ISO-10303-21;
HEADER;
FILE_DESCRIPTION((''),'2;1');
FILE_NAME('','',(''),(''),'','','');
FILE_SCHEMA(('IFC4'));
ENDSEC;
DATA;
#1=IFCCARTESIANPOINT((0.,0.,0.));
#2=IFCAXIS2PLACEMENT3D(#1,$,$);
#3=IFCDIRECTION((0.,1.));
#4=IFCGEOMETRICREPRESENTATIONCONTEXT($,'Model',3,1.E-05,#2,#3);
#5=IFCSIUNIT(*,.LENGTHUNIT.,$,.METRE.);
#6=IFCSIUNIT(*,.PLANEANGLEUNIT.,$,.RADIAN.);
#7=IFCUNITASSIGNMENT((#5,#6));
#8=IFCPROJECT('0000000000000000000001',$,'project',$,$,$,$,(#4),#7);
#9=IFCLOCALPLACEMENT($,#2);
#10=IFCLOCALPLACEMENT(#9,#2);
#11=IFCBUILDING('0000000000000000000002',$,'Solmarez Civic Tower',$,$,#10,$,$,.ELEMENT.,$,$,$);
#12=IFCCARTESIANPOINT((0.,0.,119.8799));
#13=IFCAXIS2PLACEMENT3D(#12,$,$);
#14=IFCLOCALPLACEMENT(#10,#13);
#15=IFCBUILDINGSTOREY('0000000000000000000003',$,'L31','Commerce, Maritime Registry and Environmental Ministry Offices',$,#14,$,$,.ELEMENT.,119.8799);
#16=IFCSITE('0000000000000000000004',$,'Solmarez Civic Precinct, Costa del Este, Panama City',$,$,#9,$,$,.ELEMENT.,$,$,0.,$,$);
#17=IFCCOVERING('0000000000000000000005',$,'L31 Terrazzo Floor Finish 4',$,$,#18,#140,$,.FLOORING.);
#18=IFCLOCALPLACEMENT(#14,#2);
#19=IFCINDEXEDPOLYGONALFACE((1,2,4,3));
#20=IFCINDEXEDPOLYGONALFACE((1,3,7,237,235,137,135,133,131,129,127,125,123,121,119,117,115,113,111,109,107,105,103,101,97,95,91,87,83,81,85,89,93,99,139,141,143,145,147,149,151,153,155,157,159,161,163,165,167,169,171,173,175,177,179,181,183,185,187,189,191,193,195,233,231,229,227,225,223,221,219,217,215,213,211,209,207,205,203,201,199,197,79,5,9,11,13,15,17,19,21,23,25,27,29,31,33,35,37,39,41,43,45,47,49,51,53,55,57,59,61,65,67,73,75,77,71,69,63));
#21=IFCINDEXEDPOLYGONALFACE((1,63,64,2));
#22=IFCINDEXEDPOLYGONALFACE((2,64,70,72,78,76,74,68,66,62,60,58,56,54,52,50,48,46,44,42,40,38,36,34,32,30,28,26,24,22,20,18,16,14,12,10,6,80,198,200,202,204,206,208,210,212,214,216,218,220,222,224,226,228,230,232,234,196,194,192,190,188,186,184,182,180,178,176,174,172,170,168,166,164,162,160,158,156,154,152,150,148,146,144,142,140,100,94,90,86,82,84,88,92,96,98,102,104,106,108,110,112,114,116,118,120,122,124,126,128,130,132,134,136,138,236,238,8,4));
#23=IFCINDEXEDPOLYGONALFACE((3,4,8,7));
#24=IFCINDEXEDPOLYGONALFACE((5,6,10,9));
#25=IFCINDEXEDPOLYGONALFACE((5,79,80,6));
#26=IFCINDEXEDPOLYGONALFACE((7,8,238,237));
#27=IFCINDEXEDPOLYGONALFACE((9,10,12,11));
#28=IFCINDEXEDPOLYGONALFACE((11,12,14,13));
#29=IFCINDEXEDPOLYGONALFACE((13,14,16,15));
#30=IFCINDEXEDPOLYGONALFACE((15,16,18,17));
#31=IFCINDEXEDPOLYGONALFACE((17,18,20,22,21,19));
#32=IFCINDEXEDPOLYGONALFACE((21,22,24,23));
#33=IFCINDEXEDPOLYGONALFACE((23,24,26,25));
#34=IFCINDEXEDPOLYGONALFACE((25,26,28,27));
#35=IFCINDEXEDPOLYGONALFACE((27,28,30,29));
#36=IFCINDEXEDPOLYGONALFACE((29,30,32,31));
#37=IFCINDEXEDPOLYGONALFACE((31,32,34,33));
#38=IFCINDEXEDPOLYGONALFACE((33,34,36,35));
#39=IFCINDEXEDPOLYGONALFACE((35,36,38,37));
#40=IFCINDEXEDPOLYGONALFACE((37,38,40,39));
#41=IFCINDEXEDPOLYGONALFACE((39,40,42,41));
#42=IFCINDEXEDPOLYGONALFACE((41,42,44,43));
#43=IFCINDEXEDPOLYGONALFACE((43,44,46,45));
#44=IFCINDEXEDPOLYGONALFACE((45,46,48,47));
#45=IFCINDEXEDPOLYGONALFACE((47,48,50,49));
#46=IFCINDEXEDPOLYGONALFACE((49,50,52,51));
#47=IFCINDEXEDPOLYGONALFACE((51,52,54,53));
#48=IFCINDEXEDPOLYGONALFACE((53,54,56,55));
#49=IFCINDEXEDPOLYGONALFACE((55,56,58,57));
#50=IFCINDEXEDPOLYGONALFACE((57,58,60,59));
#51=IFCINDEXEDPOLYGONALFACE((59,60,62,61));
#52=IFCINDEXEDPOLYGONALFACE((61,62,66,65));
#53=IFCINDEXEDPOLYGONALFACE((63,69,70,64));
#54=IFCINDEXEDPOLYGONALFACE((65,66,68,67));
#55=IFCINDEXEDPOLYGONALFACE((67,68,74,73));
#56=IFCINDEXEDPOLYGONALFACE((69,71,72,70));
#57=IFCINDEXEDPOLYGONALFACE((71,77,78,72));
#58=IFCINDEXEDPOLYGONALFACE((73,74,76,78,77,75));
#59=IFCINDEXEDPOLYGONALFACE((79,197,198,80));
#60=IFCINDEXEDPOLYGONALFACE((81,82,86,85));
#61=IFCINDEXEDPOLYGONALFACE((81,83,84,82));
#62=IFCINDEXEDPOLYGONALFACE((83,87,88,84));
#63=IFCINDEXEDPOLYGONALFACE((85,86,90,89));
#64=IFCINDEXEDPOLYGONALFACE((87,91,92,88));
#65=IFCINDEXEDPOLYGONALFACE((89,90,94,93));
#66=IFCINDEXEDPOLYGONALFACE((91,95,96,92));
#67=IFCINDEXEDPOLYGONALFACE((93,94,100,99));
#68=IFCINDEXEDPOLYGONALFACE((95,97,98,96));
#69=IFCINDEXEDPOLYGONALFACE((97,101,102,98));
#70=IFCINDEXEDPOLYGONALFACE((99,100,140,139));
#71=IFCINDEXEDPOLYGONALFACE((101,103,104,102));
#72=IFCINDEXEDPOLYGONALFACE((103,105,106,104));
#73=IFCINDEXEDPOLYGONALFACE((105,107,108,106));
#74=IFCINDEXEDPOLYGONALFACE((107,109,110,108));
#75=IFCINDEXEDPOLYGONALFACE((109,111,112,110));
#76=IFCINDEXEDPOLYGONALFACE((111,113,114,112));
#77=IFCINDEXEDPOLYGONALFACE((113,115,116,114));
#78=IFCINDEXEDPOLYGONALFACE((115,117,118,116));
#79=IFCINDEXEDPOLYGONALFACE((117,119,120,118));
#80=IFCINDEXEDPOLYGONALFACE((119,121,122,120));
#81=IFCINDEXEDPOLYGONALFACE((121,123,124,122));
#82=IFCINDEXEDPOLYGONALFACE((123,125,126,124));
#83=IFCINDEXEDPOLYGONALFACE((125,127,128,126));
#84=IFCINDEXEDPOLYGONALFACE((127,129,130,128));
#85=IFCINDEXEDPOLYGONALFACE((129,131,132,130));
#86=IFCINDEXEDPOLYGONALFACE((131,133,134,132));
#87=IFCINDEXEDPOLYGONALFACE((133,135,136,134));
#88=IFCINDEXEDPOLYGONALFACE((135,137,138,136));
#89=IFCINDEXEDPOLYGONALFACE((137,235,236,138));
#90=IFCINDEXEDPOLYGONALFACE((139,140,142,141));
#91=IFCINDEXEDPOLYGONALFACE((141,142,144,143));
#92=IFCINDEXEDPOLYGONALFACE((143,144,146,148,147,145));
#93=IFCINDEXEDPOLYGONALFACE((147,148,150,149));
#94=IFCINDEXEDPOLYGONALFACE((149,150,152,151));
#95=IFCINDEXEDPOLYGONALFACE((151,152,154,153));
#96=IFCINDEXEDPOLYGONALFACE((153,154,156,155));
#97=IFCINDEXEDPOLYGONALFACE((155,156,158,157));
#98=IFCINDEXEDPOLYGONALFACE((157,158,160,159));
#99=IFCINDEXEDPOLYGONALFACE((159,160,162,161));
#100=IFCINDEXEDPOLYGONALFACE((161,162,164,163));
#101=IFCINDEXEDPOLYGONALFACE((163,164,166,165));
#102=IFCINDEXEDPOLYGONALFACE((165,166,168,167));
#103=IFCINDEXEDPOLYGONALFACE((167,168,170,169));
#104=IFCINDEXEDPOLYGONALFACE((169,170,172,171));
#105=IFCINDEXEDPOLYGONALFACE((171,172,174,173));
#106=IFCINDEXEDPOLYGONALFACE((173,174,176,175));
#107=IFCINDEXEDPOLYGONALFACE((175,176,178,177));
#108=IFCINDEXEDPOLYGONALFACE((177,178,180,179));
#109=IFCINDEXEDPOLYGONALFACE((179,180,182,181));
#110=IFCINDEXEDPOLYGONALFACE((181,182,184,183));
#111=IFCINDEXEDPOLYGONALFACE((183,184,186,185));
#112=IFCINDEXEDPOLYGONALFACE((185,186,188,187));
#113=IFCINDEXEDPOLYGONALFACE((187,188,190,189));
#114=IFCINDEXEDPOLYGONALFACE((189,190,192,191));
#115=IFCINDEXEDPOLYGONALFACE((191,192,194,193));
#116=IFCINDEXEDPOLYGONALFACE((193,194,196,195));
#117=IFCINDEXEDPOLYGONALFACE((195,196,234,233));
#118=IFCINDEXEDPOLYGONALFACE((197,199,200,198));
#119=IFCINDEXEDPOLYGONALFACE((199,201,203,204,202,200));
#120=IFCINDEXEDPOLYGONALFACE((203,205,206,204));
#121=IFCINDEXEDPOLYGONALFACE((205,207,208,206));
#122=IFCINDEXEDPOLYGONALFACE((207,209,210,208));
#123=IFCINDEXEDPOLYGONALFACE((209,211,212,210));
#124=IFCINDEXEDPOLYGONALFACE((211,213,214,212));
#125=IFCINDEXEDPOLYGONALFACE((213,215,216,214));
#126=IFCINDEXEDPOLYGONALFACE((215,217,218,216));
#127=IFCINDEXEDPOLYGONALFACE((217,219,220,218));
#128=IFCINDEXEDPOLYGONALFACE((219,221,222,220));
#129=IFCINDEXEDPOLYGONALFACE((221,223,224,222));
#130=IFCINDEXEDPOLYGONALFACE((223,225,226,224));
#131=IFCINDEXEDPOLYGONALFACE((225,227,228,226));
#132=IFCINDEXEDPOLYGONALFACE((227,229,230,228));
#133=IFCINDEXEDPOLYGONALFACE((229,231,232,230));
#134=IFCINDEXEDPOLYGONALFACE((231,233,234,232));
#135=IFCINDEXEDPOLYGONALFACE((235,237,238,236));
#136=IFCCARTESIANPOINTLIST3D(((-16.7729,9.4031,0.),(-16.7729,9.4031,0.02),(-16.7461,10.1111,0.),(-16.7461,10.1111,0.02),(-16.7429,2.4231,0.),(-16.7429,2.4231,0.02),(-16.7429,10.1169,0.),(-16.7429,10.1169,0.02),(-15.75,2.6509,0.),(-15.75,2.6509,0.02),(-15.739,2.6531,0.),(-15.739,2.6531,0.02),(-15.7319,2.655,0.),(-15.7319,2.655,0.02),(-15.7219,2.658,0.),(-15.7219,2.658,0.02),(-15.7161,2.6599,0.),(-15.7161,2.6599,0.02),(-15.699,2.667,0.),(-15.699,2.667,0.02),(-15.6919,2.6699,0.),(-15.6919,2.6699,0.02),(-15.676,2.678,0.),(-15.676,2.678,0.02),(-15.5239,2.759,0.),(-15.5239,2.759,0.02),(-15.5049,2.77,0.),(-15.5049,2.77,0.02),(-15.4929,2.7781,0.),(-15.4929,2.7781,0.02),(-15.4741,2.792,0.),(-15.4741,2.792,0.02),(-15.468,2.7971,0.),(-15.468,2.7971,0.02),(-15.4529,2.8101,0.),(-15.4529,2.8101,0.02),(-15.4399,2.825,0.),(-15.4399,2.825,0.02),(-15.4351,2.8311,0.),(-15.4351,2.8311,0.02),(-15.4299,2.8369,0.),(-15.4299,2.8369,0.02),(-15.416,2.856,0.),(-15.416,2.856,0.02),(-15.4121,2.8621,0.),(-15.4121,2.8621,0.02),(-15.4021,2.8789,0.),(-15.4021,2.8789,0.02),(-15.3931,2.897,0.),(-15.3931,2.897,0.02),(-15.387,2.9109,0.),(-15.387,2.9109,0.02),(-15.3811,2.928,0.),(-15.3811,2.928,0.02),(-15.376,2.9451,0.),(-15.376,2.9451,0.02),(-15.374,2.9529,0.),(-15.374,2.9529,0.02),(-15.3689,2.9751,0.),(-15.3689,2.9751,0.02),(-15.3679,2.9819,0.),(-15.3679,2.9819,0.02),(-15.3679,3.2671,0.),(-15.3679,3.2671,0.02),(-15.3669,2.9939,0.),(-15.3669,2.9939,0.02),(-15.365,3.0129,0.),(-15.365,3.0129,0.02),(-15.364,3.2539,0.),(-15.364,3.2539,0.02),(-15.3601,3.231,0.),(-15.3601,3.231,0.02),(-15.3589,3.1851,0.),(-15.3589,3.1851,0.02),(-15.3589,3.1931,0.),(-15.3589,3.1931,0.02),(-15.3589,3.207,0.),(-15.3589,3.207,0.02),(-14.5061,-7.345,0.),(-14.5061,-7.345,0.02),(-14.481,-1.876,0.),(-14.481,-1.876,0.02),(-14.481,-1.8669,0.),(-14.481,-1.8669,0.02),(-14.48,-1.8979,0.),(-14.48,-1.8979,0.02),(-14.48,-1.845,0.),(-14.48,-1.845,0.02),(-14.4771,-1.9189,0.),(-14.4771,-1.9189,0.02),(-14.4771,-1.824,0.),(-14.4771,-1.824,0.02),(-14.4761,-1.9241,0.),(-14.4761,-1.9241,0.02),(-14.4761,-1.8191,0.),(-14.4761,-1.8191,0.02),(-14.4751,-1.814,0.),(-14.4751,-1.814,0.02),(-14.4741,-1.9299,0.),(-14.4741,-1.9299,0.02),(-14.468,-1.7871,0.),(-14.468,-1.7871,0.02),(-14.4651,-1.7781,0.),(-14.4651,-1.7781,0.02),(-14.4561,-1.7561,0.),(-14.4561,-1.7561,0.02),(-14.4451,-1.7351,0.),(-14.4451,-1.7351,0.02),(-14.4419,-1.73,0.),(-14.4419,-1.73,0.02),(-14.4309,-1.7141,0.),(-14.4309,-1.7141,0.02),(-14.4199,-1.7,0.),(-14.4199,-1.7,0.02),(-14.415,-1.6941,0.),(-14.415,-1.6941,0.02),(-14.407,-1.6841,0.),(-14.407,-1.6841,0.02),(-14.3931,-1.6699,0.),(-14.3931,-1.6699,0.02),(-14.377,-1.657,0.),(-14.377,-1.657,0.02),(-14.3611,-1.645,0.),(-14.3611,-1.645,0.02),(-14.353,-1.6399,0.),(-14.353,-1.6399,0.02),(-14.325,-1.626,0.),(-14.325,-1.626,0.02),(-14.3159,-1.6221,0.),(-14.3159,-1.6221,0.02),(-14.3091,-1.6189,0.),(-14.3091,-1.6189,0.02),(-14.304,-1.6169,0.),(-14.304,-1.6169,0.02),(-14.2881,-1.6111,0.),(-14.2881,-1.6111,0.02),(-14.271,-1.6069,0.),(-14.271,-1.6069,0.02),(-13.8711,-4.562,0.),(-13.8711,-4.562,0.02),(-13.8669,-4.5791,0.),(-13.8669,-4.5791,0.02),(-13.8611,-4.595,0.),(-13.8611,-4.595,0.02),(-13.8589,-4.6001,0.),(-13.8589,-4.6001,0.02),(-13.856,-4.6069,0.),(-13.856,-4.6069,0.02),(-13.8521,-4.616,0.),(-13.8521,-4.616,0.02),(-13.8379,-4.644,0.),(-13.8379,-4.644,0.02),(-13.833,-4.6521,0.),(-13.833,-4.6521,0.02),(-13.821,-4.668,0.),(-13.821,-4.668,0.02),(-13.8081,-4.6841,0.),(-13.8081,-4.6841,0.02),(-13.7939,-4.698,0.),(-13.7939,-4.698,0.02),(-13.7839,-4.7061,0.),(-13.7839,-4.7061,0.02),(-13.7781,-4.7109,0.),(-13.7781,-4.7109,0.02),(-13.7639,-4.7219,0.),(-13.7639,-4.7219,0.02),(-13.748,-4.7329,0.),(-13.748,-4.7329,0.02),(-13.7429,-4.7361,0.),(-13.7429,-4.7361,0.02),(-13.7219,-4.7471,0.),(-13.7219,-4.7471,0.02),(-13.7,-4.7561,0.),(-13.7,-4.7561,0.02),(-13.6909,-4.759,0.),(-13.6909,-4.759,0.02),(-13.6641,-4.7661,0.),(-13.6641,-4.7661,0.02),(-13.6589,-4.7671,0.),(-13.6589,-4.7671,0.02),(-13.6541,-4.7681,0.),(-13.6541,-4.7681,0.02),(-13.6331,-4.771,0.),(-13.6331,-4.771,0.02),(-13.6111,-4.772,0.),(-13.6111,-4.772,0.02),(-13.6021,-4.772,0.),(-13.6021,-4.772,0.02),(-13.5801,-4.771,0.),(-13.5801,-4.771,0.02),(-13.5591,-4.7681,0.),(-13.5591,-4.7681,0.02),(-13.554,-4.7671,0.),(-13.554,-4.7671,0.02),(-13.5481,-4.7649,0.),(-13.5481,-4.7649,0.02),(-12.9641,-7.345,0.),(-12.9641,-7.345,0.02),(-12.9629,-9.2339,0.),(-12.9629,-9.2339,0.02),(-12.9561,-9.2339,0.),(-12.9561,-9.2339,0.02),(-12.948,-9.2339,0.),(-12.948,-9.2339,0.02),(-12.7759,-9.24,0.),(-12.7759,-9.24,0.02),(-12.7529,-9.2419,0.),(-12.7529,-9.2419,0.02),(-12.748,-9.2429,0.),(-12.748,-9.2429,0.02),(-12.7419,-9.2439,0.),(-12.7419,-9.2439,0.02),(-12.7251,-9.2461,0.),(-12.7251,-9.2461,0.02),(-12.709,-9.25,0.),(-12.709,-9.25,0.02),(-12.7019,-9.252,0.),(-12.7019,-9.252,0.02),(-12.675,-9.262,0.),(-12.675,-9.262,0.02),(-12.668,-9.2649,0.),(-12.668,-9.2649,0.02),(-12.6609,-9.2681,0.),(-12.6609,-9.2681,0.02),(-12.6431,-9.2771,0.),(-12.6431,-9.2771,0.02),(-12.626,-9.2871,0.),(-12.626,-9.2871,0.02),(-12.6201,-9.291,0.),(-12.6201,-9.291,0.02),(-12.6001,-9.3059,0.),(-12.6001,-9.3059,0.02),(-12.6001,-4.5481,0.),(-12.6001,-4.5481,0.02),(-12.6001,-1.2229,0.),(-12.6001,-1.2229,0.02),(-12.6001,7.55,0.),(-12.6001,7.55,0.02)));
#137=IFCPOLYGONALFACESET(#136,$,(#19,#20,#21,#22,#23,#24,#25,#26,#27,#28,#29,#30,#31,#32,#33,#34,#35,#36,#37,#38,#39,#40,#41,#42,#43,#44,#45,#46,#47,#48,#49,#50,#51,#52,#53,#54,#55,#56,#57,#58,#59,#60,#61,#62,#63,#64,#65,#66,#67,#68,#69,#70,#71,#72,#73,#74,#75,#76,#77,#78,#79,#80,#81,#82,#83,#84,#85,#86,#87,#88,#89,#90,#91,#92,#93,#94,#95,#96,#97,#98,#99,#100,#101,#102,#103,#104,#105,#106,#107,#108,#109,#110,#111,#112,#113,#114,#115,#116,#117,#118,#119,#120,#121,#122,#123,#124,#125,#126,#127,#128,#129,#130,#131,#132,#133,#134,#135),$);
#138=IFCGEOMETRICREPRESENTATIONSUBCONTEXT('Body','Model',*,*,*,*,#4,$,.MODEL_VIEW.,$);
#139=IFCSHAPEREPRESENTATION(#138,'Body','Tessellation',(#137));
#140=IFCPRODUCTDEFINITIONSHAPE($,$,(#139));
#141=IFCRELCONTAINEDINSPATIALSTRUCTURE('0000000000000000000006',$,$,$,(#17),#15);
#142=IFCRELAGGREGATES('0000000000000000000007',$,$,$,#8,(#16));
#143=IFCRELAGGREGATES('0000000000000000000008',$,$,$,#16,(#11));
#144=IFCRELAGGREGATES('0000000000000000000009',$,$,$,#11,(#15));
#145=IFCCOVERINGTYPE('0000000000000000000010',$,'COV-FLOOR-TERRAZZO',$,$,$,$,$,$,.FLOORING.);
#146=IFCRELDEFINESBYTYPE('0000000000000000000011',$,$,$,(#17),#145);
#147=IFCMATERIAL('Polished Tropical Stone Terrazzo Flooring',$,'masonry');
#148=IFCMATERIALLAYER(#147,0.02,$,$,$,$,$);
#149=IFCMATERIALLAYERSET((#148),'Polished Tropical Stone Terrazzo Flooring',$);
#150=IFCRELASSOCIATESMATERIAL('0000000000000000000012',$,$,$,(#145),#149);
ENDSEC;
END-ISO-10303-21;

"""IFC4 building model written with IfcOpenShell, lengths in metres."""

from ifc_helpers import new_model, si_unit, direction, frame, origin, place, context, subcontext, project, spatial, polyline, outline, extrude, material, layer, layer_set, type_object, element, save


model = new_model("IFC4")

# Units and contexts
model_context = context("Model", 3, precision=1e-05, world=origin(), true_north=direction((0.0, 1.0)))
body_context = subcontext(model_context, "Body", "Model", "MODEL_VIEW")
ifc_project = project(units=[si_unit("LENGTHUNIT", "METRE"), si_unit("PLANEANGLEUNIT", "RADIAN")], contexts=[model_context])

# Site, building, storey
site_placement = place(None, origin())
site = spatial("IfcSite", under=ifc_project, at=site_placement, Name="Solmarez Civic Precinct, Costa del Este, Panama City", CompositionType="ELEMENT", RefElevation=0.0)
building_placement = place(site_placement, origin())
building = spatial("IfcBuilding", under=site, at=building_placement, Name="Solmarez Civic Tower", CompositionType="ELEMENT")
storey_placement = place(building_placement, frame((0.0, 0.0, 119.8799)))
storey = spatial("IfcBuildingStorey", under=building, at=storey_placement, Name="L31", Description="Commerce, Maritime Registry and Environmental Ministry Offices", CompositionType="ELEMENT", Elevation=119.8799)

# Covering
ifc_material_1 = material(Name="Polished Tropical Stone Terrazzo Flooring", Category="masonry")
ifc_layer_1 = layer(ifc_material_1, 0.02)
ifc_layer_set_1 = layer_set([ifc_layer_1], Name="Polished Tropical Stone Terrazzo Flooring")
covering_type_1 = type_object("IfcCoveringType", Name="COV-FLOOR-TERRAZZO", PredefinedType="FLOORING", material=ifc_layer_set_1)
covering_1_placement = place(storey_placement, origin())
element("IfcCovering", 1, at=covering_1_placement, inside=storey, type_object=covering_type_1, Name="L31 Terrazzo Floor Finish 4", PredefinedType="FLOORING", context=body_context, shape_type="SweptSolid", body=[
    extrude(outline(polyline([(-15.3679, 3.2671), (-15.364, 3.2539), (-15.3601, 3.231), (-15.3589, 3.207), (-15.3589, 3.1931), (-15.3589, 3.1851), (-15.365, 3.0129), (-15.3669, 2.9939), (-15.3679, 2.9819), (-15.3689, 2.9751), (-15.374, 2.9529), (-15.376, 2.9451), (-15.3811, 2.928), (-15.387, 2.9109), (-15.3931, 2.897), (-15.4021, 2.8789), (-15.4121, 2.8621), (-15.416, 2.856), (-15.4299, 2.8369), (-15.4351, 2.8311), (-15.4399, 2.825), (-15.4529, 2.8101), (-15.468, 2.7971), (-15.4741, 2.792), (-15.4929, 2.7781), (-15.5049, 2.77), (-15.5239, 2.759), (-15.676, 2.678), (-15.6919, 2.6699), (-15.699, 2.667), (-15.7161, 2.6599), (-15.7219, 2.658), (-15.7319, 2.655), (-15.739, 2.6531), (-15.75, 2.6509), (-16.7429, 2.4231), (-14.5061, -7.345), (-12.9641, -7.345), (-12.9629, -9.2339), (-12.9561, -9.2339), (-12.948, -9.2339), (-12.7759, -9.24), (-12.7529, -9.2419), (-12.748, -9.2429), (-12.7419, -9.2439), (-12.7251, -9.2461), (-12.709, -9.25), (-12.7019, -9.252), (-12.675, -9.262), (-12.668, -9.2649), (-12.6609, -9.2681), (-12.6431, -9.2771), (-12.626, -9.2871), (-12.6201, -9.291), (-12.6001, -9.3059), (-12.6001, -4.5481), (-13.5481, -4.7649), (-13.554, -4.7671), (-13.5591, -4.7681), (-13.5801, -4.771), (-13.6021, -4.772), (-13.6111, -4.772), (-13.6331, -4.771), (-13.6541, -4.7681), (-13.6589, -4.7671), (-13.6641, -4.7661), (-13.6909, -4.759), (-13.7, -4.7561), (-13.7219, -4.7471), (-13.7429, -4.7361), (-13.748, -4.7329), (-13.7639, -4.7219), (-13.7781, -4.7109), (-13.7839, -4.7061), (-13.7939, -4.698), (-13.8081, -4.6841), (-13.821, -4.668), (-13.833, -4.6521), (-13.8379, -4.644), (-13.8521, -4.616), (-13.856, -4.6069), (-13.8589, -4.6001), (-13.8611, -4.595), (-13.8669, -4.5791), (-13.8711, -4.562), (-14.4741, -1.9299), (-14.4761, -1.9241), (-14.4771, -1.9189), (-14.48, -1.8979), (-14.481, -1.876), (-14.481, -1.8669), (-14.48, -1.845), (-14.4771, -1.824), (-14.4761, -1.8191), (-14.4751, -1.814), (-14.468, -1.7871), (-14.4651, -1.7781), (-14.4561, -1.7561), (-14.4451, -1.7351), (-14.4419, -1.73), (-14.4309, -1.7141), (-14.4199, -1.7), (-14.415, -1.6941), (-14.407, -1.6841), (-14.3931, -1.6699), (-14.377, -1.657), (-14.3611, -1.645), (-14.353, -1.6399), (-14.325, -1.626), (-14.3159, -1.6221), (-14.3091, -1.6189), (-14.304, -1.6169), (-14.2881, -1.6111), (-14.271, -1.6069), (-12.6001, -1.2229), (-12.6001, 7.55), (-16.7429, 10.1169), (-16.7461, 10.1111), (-16.7729, 9.4031), (-15.3679, 3.2671)])), origin(), (0.0, 0.0, 1.0), 0.02),
])

save(model, "model.ifc")
